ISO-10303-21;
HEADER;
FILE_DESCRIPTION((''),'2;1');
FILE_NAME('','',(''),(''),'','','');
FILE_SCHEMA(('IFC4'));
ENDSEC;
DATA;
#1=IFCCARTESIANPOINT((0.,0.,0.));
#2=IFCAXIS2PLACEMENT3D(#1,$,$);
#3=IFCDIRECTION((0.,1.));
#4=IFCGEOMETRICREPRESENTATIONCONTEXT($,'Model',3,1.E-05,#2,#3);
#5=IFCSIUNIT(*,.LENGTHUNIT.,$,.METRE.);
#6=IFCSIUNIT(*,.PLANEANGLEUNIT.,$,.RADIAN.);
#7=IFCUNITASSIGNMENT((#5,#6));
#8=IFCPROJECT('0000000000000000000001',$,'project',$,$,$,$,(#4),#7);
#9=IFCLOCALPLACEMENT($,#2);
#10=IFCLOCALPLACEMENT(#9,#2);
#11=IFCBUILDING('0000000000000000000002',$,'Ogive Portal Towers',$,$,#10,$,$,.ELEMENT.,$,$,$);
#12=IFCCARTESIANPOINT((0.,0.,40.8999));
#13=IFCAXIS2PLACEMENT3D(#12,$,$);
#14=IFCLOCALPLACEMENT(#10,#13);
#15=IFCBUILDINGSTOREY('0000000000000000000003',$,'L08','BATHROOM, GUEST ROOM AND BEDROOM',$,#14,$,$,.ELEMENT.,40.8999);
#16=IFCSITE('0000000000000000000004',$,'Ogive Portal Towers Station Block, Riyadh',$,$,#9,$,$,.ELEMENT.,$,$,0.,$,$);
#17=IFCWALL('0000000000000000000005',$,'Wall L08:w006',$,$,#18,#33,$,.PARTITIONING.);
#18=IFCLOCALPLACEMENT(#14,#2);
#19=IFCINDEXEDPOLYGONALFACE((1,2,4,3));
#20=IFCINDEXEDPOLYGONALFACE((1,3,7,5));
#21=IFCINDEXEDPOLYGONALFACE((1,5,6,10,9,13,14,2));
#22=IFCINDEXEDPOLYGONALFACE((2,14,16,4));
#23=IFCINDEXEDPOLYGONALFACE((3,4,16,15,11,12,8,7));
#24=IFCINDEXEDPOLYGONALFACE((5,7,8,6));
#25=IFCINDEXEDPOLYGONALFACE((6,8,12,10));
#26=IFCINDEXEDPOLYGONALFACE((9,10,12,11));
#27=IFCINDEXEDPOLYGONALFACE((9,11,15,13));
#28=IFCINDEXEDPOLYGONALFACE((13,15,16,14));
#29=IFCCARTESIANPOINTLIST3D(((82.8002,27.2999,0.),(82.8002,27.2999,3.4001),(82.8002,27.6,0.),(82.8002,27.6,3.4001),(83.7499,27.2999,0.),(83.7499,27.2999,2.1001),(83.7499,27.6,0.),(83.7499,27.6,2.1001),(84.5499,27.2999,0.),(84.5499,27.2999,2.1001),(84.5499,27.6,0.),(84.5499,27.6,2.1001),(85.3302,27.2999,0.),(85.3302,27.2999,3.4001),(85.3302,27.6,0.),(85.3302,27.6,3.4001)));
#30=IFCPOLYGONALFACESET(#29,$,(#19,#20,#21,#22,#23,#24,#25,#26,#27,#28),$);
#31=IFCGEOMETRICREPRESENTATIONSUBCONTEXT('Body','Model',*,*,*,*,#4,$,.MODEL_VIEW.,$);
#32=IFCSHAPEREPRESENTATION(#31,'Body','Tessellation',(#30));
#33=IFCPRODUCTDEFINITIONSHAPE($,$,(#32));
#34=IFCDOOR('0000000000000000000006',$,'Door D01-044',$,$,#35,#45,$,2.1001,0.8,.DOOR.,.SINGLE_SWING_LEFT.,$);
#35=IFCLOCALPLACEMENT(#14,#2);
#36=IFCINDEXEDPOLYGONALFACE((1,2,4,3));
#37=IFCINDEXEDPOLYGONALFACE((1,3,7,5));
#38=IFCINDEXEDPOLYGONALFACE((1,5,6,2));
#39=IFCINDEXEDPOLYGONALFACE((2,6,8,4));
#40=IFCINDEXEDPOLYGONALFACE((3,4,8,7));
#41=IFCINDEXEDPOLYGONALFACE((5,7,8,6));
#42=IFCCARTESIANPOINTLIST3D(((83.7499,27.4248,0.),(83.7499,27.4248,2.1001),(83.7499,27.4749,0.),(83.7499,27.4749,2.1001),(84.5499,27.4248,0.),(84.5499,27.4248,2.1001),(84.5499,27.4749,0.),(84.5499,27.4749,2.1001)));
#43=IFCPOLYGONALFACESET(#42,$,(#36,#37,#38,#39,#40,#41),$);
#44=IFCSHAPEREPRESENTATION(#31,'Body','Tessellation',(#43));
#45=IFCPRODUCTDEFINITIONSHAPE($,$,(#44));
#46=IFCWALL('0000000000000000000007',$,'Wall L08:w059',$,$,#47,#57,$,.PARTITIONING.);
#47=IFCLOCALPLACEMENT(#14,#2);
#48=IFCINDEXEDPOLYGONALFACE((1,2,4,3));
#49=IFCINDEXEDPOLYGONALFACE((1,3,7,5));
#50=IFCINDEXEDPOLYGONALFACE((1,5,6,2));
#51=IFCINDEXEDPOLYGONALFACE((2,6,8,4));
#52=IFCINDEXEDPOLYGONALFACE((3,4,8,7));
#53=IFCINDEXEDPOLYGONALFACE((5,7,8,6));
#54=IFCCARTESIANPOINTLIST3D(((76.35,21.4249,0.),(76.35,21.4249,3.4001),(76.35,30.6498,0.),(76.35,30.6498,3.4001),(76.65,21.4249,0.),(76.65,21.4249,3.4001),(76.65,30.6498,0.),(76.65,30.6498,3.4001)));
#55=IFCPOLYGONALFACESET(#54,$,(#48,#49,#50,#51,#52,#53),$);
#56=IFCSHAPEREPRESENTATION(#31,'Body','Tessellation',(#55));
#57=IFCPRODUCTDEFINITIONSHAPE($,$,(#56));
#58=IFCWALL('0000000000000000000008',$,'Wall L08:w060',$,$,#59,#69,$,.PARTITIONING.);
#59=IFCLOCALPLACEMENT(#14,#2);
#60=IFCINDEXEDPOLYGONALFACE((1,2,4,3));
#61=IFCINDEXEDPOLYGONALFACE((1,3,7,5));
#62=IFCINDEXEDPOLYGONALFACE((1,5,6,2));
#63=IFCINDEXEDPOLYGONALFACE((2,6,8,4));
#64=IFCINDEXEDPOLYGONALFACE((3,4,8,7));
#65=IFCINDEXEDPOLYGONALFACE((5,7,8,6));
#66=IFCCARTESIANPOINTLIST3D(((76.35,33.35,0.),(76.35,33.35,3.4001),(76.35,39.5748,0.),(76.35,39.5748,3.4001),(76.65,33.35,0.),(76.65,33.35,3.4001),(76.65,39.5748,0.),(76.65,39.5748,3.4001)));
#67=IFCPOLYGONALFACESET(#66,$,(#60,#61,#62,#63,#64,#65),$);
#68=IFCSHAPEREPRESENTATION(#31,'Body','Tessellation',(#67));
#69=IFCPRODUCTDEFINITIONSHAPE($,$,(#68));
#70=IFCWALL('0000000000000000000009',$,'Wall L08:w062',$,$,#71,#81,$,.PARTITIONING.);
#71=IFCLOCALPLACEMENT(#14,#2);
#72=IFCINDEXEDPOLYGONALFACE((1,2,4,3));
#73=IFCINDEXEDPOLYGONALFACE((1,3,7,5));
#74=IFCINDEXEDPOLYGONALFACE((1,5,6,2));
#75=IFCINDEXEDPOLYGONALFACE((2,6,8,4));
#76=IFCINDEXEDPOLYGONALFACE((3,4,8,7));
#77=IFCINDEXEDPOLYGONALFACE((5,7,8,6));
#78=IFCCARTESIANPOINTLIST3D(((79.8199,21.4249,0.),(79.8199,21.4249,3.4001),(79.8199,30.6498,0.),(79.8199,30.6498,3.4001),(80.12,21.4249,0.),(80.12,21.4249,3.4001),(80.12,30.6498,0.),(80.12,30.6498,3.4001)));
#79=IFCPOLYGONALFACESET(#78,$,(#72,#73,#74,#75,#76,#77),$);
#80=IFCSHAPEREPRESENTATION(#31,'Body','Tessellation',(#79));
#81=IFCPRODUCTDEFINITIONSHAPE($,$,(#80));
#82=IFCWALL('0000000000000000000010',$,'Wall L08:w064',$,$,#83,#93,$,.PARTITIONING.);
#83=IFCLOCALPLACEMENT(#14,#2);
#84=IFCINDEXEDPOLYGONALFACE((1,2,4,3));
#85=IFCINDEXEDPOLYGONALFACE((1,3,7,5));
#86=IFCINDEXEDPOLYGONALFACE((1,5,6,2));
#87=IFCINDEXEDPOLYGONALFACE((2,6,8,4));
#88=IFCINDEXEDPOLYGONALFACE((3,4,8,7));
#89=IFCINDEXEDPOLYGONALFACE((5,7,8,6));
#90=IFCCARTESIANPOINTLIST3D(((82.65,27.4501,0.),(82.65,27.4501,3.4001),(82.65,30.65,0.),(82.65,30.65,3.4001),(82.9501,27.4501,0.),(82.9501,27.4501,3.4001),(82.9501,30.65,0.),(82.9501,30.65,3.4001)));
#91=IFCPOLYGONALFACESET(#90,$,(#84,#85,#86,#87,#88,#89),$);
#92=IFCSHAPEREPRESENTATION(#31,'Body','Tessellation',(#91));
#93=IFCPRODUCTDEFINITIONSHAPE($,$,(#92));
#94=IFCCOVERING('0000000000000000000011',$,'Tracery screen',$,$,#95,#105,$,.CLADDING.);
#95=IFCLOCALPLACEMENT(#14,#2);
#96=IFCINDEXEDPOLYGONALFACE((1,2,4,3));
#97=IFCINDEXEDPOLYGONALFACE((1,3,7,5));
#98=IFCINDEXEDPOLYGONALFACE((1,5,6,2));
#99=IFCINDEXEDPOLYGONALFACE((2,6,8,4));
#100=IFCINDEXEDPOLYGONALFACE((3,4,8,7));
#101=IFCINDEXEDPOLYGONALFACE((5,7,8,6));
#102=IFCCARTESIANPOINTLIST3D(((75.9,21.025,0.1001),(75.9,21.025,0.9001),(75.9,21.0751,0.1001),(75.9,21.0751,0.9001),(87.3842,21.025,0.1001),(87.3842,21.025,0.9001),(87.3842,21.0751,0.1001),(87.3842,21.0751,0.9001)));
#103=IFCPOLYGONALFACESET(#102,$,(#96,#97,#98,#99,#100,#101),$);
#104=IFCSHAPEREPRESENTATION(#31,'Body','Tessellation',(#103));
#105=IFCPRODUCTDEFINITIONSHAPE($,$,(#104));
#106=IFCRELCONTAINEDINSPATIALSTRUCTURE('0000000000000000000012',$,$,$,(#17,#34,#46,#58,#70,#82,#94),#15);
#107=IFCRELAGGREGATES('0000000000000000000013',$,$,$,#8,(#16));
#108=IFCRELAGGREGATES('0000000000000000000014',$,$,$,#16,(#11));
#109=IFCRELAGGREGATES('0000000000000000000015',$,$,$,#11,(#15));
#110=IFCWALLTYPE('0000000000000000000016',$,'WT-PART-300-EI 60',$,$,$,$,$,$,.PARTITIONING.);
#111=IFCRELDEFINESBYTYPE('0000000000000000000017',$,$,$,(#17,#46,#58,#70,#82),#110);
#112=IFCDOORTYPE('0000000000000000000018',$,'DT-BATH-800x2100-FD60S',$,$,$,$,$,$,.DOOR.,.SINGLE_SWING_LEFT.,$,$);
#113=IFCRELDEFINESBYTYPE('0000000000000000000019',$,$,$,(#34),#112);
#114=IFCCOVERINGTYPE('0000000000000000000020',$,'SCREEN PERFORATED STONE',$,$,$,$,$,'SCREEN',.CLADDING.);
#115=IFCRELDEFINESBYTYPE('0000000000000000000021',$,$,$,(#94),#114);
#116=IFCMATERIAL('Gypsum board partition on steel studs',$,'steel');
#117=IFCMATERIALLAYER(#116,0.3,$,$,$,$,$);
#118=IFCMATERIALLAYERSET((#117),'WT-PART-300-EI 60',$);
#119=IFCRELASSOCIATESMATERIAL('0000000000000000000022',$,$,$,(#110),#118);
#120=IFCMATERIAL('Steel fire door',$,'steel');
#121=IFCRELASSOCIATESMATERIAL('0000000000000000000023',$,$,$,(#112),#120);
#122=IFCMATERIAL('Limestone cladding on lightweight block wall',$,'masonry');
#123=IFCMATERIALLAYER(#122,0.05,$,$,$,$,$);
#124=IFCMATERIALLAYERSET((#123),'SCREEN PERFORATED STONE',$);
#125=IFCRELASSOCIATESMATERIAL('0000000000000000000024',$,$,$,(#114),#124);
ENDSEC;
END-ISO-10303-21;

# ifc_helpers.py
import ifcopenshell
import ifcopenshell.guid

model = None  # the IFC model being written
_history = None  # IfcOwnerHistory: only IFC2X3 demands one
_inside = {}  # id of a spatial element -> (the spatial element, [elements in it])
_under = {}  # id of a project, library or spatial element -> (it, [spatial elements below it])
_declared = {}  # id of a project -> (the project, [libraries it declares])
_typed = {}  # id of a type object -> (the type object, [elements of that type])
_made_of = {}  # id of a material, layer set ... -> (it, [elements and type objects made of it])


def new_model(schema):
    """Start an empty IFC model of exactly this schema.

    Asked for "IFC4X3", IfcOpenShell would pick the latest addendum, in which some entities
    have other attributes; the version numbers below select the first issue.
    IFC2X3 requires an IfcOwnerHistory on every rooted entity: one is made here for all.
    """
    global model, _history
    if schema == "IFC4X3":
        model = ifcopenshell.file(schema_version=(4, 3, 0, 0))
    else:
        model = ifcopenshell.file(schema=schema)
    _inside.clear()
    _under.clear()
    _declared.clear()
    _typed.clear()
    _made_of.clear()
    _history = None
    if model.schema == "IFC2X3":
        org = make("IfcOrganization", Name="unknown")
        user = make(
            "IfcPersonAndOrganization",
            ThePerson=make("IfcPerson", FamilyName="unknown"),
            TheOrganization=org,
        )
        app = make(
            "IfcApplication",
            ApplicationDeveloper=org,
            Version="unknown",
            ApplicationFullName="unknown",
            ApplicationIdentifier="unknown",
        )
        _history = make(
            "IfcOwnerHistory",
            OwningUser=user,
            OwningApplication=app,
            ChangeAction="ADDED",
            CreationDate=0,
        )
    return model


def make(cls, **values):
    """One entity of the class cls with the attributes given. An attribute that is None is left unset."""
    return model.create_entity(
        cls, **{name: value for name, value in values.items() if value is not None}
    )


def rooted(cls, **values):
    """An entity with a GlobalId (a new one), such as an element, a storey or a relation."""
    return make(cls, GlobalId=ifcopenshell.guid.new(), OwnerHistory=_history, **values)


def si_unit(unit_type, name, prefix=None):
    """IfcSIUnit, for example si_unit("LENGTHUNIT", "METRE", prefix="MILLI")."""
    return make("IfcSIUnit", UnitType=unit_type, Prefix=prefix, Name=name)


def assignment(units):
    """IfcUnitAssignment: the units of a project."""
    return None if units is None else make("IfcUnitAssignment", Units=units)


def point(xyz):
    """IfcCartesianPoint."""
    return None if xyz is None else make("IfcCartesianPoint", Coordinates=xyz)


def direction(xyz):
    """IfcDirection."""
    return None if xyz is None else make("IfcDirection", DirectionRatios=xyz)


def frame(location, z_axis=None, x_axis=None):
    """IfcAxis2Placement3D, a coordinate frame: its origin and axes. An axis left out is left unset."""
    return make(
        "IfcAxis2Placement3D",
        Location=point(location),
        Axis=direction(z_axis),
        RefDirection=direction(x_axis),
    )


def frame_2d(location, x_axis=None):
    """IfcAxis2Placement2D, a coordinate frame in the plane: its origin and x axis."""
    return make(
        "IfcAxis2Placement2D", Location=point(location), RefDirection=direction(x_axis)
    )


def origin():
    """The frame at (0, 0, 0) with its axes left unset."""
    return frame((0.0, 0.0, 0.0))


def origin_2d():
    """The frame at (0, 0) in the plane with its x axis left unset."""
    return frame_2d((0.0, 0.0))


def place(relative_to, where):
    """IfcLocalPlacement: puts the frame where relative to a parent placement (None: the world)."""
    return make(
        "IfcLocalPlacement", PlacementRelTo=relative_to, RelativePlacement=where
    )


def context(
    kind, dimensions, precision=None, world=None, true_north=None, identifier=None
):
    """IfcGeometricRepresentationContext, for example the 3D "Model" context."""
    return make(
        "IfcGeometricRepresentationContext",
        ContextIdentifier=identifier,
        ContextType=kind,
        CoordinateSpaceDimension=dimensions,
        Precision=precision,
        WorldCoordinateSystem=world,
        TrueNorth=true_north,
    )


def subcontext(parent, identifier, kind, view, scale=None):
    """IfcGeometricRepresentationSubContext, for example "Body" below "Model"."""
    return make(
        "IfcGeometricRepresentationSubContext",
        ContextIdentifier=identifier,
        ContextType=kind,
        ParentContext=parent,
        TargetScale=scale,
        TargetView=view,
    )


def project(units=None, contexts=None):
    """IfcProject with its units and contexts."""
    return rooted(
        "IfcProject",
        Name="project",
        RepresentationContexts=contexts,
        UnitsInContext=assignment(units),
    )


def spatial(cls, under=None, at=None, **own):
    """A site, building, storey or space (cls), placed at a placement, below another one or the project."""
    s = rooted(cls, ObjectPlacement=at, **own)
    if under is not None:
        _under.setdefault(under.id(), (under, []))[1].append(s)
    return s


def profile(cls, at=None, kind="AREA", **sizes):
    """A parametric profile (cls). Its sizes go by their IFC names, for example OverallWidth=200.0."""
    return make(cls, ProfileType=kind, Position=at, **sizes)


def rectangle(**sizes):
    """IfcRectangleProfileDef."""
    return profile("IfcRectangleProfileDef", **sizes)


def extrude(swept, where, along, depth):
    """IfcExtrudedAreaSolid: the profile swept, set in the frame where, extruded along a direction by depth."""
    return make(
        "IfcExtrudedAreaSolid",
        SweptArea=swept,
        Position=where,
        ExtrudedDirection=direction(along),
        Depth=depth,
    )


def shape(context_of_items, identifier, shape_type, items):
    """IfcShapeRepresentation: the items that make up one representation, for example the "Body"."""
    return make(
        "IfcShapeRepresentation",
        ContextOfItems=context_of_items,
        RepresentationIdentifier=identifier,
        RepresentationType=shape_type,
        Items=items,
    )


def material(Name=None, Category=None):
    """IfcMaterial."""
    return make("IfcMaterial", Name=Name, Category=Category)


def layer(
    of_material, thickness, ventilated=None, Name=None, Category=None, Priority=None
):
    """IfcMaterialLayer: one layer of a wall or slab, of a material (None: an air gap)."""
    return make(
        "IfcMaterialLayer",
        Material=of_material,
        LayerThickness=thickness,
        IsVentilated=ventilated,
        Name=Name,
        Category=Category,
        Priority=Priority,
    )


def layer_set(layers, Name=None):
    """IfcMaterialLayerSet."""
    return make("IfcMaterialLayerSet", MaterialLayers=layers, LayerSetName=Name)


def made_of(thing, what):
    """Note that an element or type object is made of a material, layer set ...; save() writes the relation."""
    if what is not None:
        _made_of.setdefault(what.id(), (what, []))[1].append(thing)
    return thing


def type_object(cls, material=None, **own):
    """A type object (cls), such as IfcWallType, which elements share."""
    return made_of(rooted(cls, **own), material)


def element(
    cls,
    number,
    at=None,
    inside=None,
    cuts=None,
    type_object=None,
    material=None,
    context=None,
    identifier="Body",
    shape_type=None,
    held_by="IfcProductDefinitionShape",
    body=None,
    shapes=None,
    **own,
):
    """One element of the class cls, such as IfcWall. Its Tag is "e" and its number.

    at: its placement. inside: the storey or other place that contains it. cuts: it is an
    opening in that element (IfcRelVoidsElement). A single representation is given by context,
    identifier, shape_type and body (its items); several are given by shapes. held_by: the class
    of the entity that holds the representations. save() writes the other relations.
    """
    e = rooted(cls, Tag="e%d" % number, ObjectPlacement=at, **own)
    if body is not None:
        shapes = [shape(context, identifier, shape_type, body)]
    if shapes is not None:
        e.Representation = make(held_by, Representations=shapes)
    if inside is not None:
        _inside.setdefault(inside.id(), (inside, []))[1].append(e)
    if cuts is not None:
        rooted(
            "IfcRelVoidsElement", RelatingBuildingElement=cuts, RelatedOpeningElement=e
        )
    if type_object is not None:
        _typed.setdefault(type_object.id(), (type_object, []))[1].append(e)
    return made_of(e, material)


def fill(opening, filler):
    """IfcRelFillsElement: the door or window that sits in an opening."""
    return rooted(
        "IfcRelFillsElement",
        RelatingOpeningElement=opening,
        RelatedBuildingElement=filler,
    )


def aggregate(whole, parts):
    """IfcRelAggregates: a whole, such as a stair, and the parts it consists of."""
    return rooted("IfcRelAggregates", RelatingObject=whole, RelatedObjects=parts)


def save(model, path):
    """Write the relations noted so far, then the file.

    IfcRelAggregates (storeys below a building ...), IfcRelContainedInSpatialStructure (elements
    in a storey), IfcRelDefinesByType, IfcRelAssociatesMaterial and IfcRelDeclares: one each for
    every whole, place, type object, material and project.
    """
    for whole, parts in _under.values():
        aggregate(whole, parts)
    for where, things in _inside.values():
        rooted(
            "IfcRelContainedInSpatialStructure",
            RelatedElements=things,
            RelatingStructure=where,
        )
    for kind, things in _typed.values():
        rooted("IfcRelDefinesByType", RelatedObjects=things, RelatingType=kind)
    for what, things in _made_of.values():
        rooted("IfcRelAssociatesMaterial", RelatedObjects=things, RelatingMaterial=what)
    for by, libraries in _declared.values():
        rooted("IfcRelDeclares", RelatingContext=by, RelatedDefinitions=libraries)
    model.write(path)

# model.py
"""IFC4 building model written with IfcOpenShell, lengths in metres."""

from ifc_helpers import new_model, si_unit, direction, frame, frame_2d, origin, origin_2d, place, context, subcontext, project, spatial, rectangle, extrude, material, layer, layer_set, type_object, element, fill, save


model = new_model("IFC4")

# Units and contexts
model_context = context("Model", 3, precision=1e-05, world=origin(), true_north=direction((0.0, 1.0)))
body_context = subcontext(model_context, "Body", "Model", "MODEL_VIEW")
ifc_project = project(units=[si_unit("LENGTHUNIT", "METRE"), si_unit("PLANEANGLEUNIT", "RADIAN")], contexts=[model_context])

# Site, building, storey
site_placement = place(None, origin())
site = spatial("IfcSite", under=ifc_project, at=site_placement, Name="Ogive Portal Towers Station Block, Riyadh", CompositionType="ELEMENT", RefElevation=0.0)
building_placement = place(site_placement, origin())
building = spatial("IfcBuilding", under=site, at=building_placement, Name="Ogive Portal Towers", CompositionType="ELEMENT")
storey_placement = place(building_placement, frame((0.0, 0.0, 40.8999)))
storey = spatial("IfcBuildingStorey", under=building, at=storey_placement, Name="L08", Description="BATHROOM, GUEST ROOM AND BEDROOM", CompositionType="ELEMENT", Elevation=40.8999)

# Shared definitions
ifc_material_1 = material(Name="Steel fire door", Category="steel")

# Wall, opening, door
ifc_material_2 = material(Name="Gypsum board partition on steel studs", Category="steel")
ifc_layer_1 = layer(ifc_material_2, 0.3)
ifc_layer_set_1 = layer_set([ifc_layer_1], Name="WT-PART-300-EI 60")
wall_type_1 = type_object("IfcWallType", Name="WT-PART-300-EI 60", PredefinedType="PARTITIONING", material=ifc_layer_set_1)
wall_1_placement = place(storey_placement, frame((82.8, 27.45, 0.0), z_axis=(0.0, 0.0, 1.0), x_axis=(1.0, 0.0, 0.0)))
wall_1 = element("IfcWall", 1, at=wall_1_placement, inside=storey, type_object=wall_type_1, Name="Wall L08:w006", PredefinedType="PARTITIONING", context=body_context, shape_type="SweptSolid", body=[
    extrude(rectangle(XDim=2.53, YDim=0.3, at=frame_2d((1.2651, 0.0))), origin(), (0.0, 0.0, 1.0), 3.4001),
])
opening_1_placement = place(wall_1_placement, frame((0.95, 0.0, 0.0)))
opening_1 = element("IfcOpeningElement", 2, at=opening_1_placement, cuts=wall_1, PredefinedType="OPENING", context=body_context, shape_type="SweptSolid", body=[
    extrude(rectangle(XDim=0.8, YDim=2.1001, at=frame_2d((0.3999, 1.05))), frame((0.0, 0.1602, 0.0), z_axis=(0.0, -1.0, 0.0), x_axis=(1.0, 0.0, 0.0)), (0.0, 0.0, 1.0), 0.3201),
])
door_type_1 = type_object("IfcDoorType", Name="DT-BATH-800x2100-FD60S", OperationType="SINGLE_SWING_LEFT", PredefinedType="DOOR", material=ifc_material_1)
door_1_placement = place(opening_1_placement, origin())
door_1 = element("IfcDoor", 3, at=door_1_placement, inside=storey, type_object=door_type_1, Name="Door D01-044", OperationType="SINGLE_SWING_LEFT", OverallHeight=2.1001, OverallWidth=0.8, PredefinedType="DOOR", context=body_context, shape_type="SweptSolid", body=[
    extrude(rectangle(XDim=0.8, YDim=2.1001, at=frame_2d((0.3999, 1.05))), frame((0.0, 0.0249, 0.0), z_axis=(0.0, -1.0, 0.0), x_axis=(1.0, 0.0, 0.0)), (0.0, 0.0, 1.0), 0.05),
])
fill(opening_1, door_1)

# Walls
wall_2_placement = place(storey_placement, frame((76.5, 21.425, 0.0), z_axis=(0.0, 0.0, 1.0), x_axis=(0.0, 1.0, 0.0)))
element("IfcWall", 4, at=wall_2_placement, inside=storey, type_object=wall_type_1, Name="Wall L08:w059", PredefinedType="PARTITIONING", context=body_context, shape_type="SweptSolid", body=[
    extrude(rectangle(XDim=9.2249, YDim=0.3, at=frame_2d((4.6123, 0.0))), origin(), (0.0, 0.0, 1.0), 3.4001),
])
wall_3_placement = place(storey_placement, frame((76.5, 33.3501, 0.0), z_axis=(0.0, 0.0, 1.0), x_axis=(0.0, 1.0, 0.0)))
element("IfcWall", 5, at=wall_3_placement, inside=storey, type_object=wall_type_1, Name="Wall L08:w060", PredefinedType="PARTITIONING", context=body_context, shape_type="SweptSolid", body=[
    extrude(rectangle(XDim=6.2249, YDim=0.3, at=frame_2d((3.1123, 0.0))), origin(), (0.0, 0.0, 1.0), 3.4001),
])
wall_4_placement = place(storey_placement, frame((79.97, 21.425, 0.0), z_axis=(0.0, 0.0, 1.0), x_axis=(0.0, 1.0, 0.0)))
element("IfcWall", 6, at=wall_4_placement, inside=storey, type_object=wall_type_1, Name="Wall L08:w062", PredefinedType="PARTITIONING", context=body_context, shape_type="SweptSolid", body=[
    extrude(rectangle(XDim=9.2249, YDim=0.3, at=frame_2d((4.6123, 0.0))), origin(), (0.0, 0.0, 1.0), 3.4001),
])
wall_5_placement = place(storey_placement, frame((82.8, 27.45, 0.0), z_axis=(0.0, 0.0, 1.0), x_axis=(0.0, 1.0, 0.0)))
element("IfcWall", 7, at=wall_5_placement, inside=storey, type_object=wall_type_1, Name="Wall L08:w064", PredefinedType="PARTITIONING", context=body_context, shape_type="SweptSolid", body=[
    extrude(rectangle(XDim=3.2, YDim=0.3, at=frame_2d((1.6001, 0.0))), origin(), (0.0, 0.0, 1.0), 3.4001),
])

# Covering
ifc_material_3 = material(Name="Limestone cladding on lightweight block wall", Category="masonry")
ifc_layer_2 = layer(ifc_material_3, 0.05)
ifc_layer_set_2 = layer_set([ifc_layer_2], Name="SCREEN PERFORATED STONE")
covering_type = type_object("IfcCoveringType", Name="SCREEN PERFORATED STONE", ElementType="SCREEN", PredefinedType="CLADDING", material=ifc_layer_set_2)
covering_placement = place(storey_placement, frame((81.6421, 21.05, 0.1001), z_axis=(0.0, 0.0, 1.0), x_axis=(1.0, 0.0, 0.0)))
element("IfcCovering", 8, at=covering_placement, inside=storey, type_object=covering_type, Name="Tracery screen", PredefinedType="CLADDING", context=body_context, shape_type="SweptSolid", body=[
    extrude(rectangle(XDim=11.4841, YDim=0.05, at=origin_2d()), origin(), (0.0, 0.0, 1.0), 0.8),
])

save(model, "model.ifc")
